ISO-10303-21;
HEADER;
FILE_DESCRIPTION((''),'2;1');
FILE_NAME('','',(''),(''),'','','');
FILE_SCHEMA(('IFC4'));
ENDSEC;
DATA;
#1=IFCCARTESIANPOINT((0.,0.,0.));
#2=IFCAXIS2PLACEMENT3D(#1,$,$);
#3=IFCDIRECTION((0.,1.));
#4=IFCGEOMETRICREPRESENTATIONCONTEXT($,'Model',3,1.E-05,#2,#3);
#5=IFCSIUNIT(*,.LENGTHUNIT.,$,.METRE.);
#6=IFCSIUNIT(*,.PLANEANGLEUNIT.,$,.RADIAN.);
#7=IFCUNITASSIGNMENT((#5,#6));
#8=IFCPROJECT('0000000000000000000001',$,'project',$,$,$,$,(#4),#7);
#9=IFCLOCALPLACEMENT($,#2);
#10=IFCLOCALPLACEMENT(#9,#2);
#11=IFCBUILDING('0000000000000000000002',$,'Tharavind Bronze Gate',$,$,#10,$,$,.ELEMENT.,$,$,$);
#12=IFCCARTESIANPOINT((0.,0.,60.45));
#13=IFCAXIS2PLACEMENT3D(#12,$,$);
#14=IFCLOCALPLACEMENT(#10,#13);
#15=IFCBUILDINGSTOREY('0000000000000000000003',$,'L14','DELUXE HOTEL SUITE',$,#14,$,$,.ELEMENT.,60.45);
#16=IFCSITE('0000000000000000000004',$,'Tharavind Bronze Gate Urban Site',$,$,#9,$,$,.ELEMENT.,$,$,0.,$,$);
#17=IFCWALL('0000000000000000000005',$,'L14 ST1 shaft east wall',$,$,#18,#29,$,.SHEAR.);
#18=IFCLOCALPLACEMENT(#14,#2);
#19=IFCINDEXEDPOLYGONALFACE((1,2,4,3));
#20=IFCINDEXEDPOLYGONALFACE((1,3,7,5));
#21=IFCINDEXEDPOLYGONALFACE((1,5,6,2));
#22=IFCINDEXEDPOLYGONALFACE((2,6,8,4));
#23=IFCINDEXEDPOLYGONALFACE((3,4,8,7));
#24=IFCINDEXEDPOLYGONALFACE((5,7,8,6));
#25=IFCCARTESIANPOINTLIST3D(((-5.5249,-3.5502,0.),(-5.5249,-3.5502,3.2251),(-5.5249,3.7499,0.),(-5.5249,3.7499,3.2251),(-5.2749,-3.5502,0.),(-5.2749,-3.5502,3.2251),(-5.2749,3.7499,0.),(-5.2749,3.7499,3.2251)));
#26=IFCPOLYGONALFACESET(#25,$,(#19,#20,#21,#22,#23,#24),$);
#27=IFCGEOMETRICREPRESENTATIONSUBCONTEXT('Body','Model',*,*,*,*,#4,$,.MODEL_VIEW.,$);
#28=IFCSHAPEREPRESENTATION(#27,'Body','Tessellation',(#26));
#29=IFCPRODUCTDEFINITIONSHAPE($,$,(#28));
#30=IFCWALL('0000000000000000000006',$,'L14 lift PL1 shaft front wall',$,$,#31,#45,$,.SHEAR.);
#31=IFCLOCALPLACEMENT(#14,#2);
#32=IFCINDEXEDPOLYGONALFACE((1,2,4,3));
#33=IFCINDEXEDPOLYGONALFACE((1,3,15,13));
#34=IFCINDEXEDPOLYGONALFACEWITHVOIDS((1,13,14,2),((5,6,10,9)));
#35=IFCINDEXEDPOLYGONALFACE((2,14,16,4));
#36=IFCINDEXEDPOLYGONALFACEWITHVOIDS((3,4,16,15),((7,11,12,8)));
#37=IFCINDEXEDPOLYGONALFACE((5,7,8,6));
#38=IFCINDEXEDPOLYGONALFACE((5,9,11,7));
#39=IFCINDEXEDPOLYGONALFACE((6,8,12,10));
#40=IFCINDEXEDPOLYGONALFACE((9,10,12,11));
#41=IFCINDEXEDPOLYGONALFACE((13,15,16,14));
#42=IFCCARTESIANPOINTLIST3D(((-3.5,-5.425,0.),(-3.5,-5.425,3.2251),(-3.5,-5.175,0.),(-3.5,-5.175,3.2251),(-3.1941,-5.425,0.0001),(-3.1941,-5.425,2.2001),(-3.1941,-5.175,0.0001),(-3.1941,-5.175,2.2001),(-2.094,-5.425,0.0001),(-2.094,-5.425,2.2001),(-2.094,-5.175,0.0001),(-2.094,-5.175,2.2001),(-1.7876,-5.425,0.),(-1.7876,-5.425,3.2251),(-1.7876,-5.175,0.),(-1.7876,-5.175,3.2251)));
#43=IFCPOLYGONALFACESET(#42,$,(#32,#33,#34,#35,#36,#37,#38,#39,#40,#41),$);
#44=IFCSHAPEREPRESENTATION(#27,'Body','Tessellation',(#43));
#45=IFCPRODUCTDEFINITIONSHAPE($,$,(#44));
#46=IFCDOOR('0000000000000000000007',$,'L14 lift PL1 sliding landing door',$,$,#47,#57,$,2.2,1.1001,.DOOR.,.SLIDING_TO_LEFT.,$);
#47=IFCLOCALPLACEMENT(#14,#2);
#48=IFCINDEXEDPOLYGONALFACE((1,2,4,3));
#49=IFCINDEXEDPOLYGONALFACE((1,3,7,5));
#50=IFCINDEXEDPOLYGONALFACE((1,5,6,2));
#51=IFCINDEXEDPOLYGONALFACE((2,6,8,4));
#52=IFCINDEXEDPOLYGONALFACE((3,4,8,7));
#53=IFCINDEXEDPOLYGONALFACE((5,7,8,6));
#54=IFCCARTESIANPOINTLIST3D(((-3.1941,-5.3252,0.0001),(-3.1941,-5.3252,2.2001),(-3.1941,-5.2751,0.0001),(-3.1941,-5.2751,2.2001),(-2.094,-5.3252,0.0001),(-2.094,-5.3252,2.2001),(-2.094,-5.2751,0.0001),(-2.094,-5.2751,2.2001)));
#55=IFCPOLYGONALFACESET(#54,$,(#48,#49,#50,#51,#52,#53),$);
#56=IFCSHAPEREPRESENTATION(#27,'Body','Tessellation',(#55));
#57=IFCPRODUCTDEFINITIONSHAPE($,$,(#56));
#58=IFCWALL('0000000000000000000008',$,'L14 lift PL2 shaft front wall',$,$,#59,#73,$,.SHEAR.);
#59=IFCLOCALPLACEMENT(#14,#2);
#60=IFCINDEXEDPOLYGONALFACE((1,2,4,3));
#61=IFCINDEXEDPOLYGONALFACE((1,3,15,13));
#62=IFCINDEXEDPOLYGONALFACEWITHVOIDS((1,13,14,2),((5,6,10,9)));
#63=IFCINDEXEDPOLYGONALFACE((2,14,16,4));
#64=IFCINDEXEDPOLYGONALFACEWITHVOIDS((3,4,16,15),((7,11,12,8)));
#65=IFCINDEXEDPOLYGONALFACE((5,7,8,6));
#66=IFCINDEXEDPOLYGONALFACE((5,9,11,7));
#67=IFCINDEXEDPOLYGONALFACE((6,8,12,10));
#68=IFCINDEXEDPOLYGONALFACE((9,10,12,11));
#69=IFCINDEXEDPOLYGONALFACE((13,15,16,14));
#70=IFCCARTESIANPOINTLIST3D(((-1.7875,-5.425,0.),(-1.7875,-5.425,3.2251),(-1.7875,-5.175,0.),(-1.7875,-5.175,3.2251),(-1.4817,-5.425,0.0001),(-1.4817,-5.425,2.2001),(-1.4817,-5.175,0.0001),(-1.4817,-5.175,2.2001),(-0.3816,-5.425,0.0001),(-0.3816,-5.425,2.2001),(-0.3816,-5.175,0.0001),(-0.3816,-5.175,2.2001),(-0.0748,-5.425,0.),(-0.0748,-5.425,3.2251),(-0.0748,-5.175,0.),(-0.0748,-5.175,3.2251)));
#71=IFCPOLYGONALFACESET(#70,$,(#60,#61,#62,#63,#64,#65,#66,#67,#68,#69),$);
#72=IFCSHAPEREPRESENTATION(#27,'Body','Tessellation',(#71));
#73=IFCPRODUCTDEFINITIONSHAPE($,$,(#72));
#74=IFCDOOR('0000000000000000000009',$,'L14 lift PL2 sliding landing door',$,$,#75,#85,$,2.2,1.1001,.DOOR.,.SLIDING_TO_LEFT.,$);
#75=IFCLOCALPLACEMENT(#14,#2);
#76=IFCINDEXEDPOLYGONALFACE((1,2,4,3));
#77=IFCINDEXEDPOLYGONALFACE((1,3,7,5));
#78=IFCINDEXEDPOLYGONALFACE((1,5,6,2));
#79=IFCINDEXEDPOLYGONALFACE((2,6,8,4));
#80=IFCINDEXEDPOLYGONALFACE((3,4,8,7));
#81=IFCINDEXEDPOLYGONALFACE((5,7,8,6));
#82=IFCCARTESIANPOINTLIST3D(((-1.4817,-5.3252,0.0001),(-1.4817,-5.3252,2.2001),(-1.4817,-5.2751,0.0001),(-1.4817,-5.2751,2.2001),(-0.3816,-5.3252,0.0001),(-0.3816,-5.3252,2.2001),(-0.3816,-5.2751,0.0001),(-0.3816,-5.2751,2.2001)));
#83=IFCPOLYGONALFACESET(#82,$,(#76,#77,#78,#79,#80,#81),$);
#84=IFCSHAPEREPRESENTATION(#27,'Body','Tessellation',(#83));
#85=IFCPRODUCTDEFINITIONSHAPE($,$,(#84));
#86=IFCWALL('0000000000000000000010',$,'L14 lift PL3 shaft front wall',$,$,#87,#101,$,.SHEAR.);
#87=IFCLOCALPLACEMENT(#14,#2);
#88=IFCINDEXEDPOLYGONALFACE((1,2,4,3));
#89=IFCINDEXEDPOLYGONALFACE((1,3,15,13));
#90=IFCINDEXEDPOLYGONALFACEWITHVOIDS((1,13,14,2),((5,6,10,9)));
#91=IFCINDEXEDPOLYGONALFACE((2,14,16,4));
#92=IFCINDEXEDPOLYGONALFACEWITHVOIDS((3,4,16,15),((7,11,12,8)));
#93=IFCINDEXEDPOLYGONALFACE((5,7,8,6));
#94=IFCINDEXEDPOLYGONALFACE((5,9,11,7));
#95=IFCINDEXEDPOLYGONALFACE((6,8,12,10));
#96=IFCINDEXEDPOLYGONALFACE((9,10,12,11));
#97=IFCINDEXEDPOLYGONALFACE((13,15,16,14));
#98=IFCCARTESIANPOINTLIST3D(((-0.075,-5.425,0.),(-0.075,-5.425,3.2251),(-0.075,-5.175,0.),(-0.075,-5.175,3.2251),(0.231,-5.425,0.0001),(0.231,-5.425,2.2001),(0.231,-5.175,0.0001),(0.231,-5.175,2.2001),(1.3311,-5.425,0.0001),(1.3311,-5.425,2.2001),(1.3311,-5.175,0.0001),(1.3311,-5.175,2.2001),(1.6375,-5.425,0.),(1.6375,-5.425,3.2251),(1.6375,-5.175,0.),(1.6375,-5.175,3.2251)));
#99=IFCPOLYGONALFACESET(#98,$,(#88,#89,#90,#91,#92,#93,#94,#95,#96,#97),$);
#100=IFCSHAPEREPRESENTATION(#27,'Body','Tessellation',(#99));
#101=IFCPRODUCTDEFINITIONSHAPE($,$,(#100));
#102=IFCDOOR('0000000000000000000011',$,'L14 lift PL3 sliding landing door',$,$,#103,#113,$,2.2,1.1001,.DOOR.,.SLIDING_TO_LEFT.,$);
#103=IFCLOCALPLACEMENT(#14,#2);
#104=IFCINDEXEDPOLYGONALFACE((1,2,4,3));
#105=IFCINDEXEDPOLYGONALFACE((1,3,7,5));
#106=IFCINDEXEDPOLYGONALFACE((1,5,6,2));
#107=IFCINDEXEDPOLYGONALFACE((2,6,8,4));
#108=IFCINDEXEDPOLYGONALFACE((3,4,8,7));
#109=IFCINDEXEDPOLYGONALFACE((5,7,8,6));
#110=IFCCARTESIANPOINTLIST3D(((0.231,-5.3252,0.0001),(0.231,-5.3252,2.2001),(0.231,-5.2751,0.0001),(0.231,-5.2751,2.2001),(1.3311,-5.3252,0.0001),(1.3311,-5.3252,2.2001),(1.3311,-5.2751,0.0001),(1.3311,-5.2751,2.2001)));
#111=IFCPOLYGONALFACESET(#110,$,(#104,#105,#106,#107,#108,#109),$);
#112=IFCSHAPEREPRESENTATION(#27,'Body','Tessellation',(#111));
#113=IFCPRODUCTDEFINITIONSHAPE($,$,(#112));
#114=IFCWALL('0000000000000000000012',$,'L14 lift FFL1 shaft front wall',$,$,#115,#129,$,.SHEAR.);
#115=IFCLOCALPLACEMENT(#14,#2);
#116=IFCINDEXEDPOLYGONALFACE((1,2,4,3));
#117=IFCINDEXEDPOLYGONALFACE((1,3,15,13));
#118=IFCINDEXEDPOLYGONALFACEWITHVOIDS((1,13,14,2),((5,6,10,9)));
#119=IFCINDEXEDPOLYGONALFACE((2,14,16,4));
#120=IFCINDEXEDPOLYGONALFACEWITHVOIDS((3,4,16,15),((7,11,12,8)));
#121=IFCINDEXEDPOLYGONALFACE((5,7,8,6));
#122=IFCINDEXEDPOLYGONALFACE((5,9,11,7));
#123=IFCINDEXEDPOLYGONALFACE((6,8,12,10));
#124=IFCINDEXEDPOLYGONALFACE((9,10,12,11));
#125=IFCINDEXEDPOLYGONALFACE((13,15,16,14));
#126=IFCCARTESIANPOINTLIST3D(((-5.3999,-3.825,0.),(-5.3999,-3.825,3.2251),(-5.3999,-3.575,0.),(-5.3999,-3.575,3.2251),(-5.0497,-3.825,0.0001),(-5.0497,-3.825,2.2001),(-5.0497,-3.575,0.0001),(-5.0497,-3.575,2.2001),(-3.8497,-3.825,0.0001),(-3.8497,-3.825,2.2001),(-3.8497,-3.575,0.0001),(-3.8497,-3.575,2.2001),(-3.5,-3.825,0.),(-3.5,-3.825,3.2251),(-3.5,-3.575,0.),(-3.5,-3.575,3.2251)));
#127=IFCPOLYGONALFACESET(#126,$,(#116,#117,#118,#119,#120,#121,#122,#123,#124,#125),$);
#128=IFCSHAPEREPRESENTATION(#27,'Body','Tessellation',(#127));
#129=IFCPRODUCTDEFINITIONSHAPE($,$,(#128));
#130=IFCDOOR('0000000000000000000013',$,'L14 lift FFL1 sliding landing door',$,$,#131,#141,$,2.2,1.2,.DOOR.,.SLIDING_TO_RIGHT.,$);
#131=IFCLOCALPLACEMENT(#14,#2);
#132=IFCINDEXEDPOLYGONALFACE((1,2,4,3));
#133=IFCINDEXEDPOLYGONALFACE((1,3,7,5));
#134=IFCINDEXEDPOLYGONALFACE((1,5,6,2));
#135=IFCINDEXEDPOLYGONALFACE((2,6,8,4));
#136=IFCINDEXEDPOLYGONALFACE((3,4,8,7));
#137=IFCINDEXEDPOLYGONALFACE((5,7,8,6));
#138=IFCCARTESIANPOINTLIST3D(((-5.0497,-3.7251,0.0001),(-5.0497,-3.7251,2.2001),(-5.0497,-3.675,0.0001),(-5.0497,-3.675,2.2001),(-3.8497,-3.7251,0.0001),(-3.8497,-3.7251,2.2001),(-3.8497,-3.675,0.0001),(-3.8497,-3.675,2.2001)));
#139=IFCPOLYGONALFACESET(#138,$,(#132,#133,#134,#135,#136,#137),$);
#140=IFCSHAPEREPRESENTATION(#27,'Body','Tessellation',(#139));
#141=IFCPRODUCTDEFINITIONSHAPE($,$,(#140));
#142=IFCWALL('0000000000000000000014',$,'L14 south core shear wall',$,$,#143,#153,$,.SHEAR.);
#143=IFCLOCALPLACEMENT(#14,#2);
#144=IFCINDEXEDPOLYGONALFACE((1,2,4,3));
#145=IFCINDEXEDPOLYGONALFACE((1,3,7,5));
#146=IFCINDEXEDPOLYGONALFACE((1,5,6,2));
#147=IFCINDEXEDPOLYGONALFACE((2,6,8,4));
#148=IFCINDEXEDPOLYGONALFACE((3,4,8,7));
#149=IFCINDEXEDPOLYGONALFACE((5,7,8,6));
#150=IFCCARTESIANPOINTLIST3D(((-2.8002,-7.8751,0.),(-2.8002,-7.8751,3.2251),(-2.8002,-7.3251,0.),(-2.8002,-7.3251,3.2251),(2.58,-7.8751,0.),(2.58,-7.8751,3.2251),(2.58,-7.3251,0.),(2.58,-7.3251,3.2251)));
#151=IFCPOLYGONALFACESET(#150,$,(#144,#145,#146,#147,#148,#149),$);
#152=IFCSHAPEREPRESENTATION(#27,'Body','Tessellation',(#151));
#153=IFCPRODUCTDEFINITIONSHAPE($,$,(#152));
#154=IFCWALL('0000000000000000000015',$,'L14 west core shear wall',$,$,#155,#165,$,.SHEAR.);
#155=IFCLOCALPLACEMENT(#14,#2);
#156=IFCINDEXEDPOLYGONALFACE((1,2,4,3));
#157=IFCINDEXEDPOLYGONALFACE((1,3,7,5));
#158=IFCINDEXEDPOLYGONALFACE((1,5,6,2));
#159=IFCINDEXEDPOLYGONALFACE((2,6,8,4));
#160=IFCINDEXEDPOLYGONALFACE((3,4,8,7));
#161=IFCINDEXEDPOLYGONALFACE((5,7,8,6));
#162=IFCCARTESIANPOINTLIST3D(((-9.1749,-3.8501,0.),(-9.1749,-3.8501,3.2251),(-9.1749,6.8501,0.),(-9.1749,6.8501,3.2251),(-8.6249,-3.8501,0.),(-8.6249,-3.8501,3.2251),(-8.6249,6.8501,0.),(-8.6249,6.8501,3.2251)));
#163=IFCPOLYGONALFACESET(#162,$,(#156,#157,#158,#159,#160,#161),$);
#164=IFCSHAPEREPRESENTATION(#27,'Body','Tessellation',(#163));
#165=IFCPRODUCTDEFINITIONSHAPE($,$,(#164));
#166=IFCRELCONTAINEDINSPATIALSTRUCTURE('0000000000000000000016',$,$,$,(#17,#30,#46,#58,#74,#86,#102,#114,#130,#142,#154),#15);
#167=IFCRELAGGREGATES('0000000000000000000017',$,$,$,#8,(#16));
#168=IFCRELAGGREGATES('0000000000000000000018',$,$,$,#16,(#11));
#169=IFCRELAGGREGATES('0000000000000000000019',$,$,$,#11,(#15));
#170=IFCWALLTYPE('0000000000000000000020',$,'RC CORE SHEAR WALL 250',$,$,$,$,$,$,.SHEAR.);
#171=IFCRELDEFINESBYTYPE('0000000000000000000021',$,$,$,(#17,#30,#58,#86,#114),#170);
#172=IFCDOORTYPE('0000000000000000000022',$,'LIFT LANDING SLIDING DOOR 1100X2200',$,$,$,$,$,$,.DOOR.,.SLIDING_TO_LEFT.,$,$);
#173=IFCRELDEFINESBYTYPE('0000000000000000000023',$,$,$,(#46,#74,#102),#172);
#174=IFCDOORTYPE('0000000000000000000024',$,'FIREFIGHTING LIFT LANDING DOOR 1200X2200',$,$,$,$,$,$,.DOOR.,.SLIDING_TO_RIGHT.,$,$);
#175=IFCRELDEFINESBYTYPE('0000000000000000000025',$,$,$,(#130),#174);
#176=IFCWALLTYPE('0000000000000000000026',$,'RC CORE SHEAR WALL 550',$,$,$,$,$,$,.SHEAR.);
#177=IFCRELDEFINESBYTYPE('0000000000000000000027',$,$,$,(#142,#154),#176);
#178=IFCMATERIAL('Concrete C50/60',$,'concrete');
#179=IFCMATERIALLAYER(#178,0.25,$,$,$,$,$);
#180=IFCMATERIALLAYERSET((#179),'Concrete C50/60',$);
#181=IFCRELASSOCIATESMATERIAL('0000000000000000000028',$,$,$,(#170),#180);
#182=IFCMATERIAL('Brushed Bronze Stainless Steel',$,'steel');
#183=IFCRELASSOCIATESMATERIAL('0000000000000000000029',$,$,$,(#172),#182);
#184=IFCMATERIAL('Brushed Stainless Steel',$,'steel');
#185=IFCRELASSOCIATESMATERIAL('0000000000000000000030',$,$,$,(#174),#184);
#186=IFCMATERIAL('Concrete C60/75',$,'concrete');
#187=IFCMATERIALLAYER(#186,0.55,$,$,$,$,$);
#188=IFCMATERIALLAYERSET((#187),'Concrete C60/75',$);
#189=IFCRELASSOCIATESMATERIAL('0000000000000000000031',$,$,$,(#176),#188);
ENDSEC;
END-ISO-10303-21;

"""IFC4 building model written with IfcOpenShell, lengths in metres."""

from ifc_helpers import new_model, si_unit, direction, frame, frame_2d, origin, place, context, subcontext, project, spatial, rectangle, extrude, material, layer, layer_set, type_object, element, fill, save


model = new_model("IFC4")

# Units and contexts
model_context = context("Model", 3, precision=1e-05, world=origin(), true_north=direction((0.0, 1.0)))
body_context = subcontext(model_context, "Body", "Model", "MODEL_VIEW")
ifc_project = project(units=[si_unit("LENGTHUNIT", "METRE"), si_unit("PLANEANGLEUNIT", "RADIAN")], contexts=[model_context])

# Site, building, storey
site_placement = place(None, origin())
site = spatial("IfcSite", under=ifc_project, at=site_placement, Name="Tharavind Bronze Gate Urban Site", CompositionType="ELEMENT", RefElevation=0.0)
building_placement = place(site_placement, origin())
building = spatial("IfcBuilding", under=site, at=building_placement, Name="Tharavind Bronze Gate", CompositionType="ELEMENT")
storey_placement = place(building_placement, frame((0.0, 0.0, 60.45)))
storey = spatial("IfcBuildingStorey", under=building, at=storey_placement, Name="L14", Description="DELUXE HOTEL SUITE", CompositionType="ELEMENT", Elevation=60.45)

# Wall
ifc_material_1 = material(Name="Concrete C50/60", Category="concrete")
ifc_layer_1 = layer(ifc_material_1, 0.25)
ifc_layer_set_1 = layer_set([ifc_layer_1], Name="Concrete C50/60")
wall_type_1 = type_object("IfcWallType", Name="RC CORE SHEAR WALL 250", PredefinedType="SHEAR", material=ifc_layer_set_1)
wall_1_placement = place(storey_placement, frame((-5.3999, -3.55, 0.0), z_axis=(0.0, 0.0, 1.0), x_axis=(0.0, 1.0, 0.0)))
element("IfcWall", 1, at=wall_1_placement, inside=storey, type_object=wall_type_1, Name="L14 ST1 shaft east wall", PredefinedType="SHEAR", context=body_context, shape_type="SweptSolid", body=[
    extrude(rectangle(XDim=7.3, YDim=0.25, at=frame_2d((3.6499, 0.0))), origin(), (0.0, 0.0, 1.0), 3.2251),
])

# Walls, openings, doors
wall_2_placement = place(storey_placement, frame((-3.5, -5.3, 0.0), z_axis=(0.0, 0.0, 1.0), x_axis=(1.0, 0.0, 0.0)))
wall_2 = element("IfcWall", 2, at=wall_2_placement, inside=storey, type_object=wall_type_1, Name="L14 lift PL1 shaft front wall", PredefinedType="SHEAR", context=body_context, shape_type="SweptSolid", body=[
    extrude(rectangle(XDim=1.7124, YDim=0.25, at=frame_2d((0.8562, 0.0))), origin(), (0.0, 0.0, 1.0), 3.2251),
])
opening_1_placement = place(wall_2_placement, frame((0.3059, 0.0, 0.0)))
opening_1 = element("IfcOpeningElement", 3, at=opening_1_placement, cuts=wall_2, PredefinedType="OPENING", context=body_context, shape_type="SweptSolid", body=[
    extrude(rectangle(XDim=1.1001, YDim=2.2, at=frame_2d((0.55, 1.1001))), frame((0.0, 0.135, 0.0), z_axis=(0.0, -1.0, 0.0), x_axis=(1.0, 0.0, 0.0)), (0.0, 0.0, 1.0), 0.27),
])
ifc_material_2 = material(Name="Brushed Bronze Stainless Steel", Category="steel")
door_type_1 = type_object("IfcDoorType", Name="LIFT LANDING SLIDING DOOR 1100X2200", OperationType="SLIDING_TO_LEFT", PredefinedType="DOOR", material=ifc_material_2)
door_1_placement = place(opening_1_placement, origin())
door_1 = element("IfcDoor", 4, at=door_1_placement, inside=storey, type_object=door_type_1, Name="L14 lift PL1 sliding landing door", OperationType="SLIDING_TO_LEFT", OverallHeight=2.2, OverallWidth=1.1001, PredefinedType="DOOR", context=body_context, shape_type="SweptSolid", body=[
    extrude(rectangle(XDim=1.1001, YDim=2.2, at=frame_2d((0.55, 1.1001))), frame((0.0, 0.0249, 0.0), z_axis=(0.0, -1.0, 0.0), x_axis=(1.0, 0.0, 0.0)), (0.0, 0.0, 1.0), 0.05),
])
fill(opening_1, door_1)
wall_3_placement = place(storey_placement, frame((-1.7876, -5.3, 0.0), z_axis=(0.0, 0.0, 1.0), x_axis=(1.0, 0.0, 0.0)))
wall_3 = element("IfcWall", 5, at=wall_3_placement, inside=storey, type_object=wall_type_1, Name="L14 lift PL2 shaft front wall", PredefinedType="SHEAR", context=body_context, shape_type="SweptSolid", body=[
    extrude(rectangle(XDim=1.7126, YDim=0.25, at=frame_2d((0.8564, 0.0))), origin(), (0.0, 0.0, 1.0), 3.2251),
])
opening_2_placement = place(wall_3_placement, frame((0.3059, 0.0, 0.0)))
opening_2 = element("IfcOpeningElement", 6, at=opening_2_placement, cuts=wall_3, PredefinedType="OPENING", context=body_context, shape_type="SweptSolid", body=[
    extrude(rectangle(XDim=1.1001, YDim=2.2, at=frame_2d((0.55, 1.1001))), frame((0.0, 0.135, 0.0), z_axis=(0.0, -1.0, 0.0), x_axis=(1.0, 0.0, 0.0)), (0.0, 0.0, 1.0), 0.27),
])
door_2_placement = place(opening_2_placement, origin())
door_2 = element("IfcDoor", 7, at=door_2_placement, inside=storey, type_object=door_type_1, Name="L14 lift PL2 sliding landing door", OperationType="SLIDING_TO_LEFT", OverallHeight=2.2, OverallWidth=1.1001, PredefinedType="DOOR", context=body_context, shape_type="SweptSolid", body=[
    extrude(rectangle(XDim=1.1001, YDim=2.2, at=frame_2d((0.55, 1.1001))), frame((0.0, 0.0249, 0.0), z_axis=(0.0, -1.0, 0.0), x_axis=(1.0, 0.0, 0.0)), (0.0, 0.0, 1.0), 0.05),
])
fill(opening_2, door_2)
wall_4_placement = place(storey_placement, frame((-0.075, -5.3, 0.0), z_axis=(0.0, 0.0, 1.0), x_axis=(1.0, 0.0, 0.0)))
wall_4 = element("IfcWall", 8, at=wall_4_placement, inside=storey, type_object=wall_type_1, Name="L14 lift PL3 shaft front wall", PredefinedType="SHEAR", context=body_context, shape_type="SweptSolid", body=[
    extrude(rectangle(XDim=1.7124, YDim=0.25, at=frame_2d((0.8562, 0.0))), origin(), (0.0, 0.0, 1.0), 3.2251),
])
opening_3_placement = place(wall_4_placement, frame((0.3059, 0.0, 0.0)))
opening_3 = element("IfcOpeningElement", 9, at=opening_3_placement, cuts=wall_4, PredefinedType="OPENING", context=body_context, shape_type="SweptSolid", body=[
    extrude(rectangle(XDim=1.1001, YDim=2.2, at=frame_2d((0.55, 1.1001))), frame((0.0, 0.135, 0.0), z_axis=(0.0, -1.0, 0.0), x_axis=(1.0, 0.0, 0.0)), (0.0, 0.0, 1.0), 0.27),
])
door_3_placement = place(opening_3_placement, origin())
door_3 = element("IfcDoor", 10, at=door_3_placement, inside=storey, type_object=door_type_1, Name="L14 lift PL3 sliding landing door", OperationType="SLIDING_TO_LEFT", OverallHeight=2.2, OverallWidth=1.1001, PredefinedType="DOOR", context=body_context, shape_type="SweptSolid", body=[
    extrude(rectangle(XDim=1.1001, YDim=2.2, at=frame_2d((0.55, 1.1001))), frame((0.0, 0.0249, 0.0), z_axis=(0.0, -1.0, 0.0), x_axis=(1.0, 0.0, 0.0)), (0.0, 0.0, 1.0), 0.05),
])
fill(opening_3, door_3)
wall_5_placement = place(storey_placement, frame((-5.3999, -3.7, 0.0), z_axis=(0.0, 0.0, 1.0), x_axis=(1.0, 0.0, 0.0)))
wall_5 = element("IfcWall", 11, at=wall_5_placement, inside=storey, type_object=wall_type_1, Name="L14 lift FFL1 shaft front wall", PredefinedType="SHEAR", context=body_context, shape_type="SweptSolid", body=[
    extrude(rectangle(XDim=1.8999, YDim=0.25, at=frame_2d((0.95, 0.0))), origin(), (0.0, 0.0, 1.0), 3.2251),
])
opening_4_placement = place(wall_5_placement, frame((0.3501, 0.0, 0.0)))
opening_4 = element("IfcOpeningElement", 12, at=opening_4_placement, cuts=wall_5, PredefinedType="OPENING", context=body_context, shape_type="SweptSolid", body=[
    extrude(rectangle(XDim=1.2, YDim=2.2, at=frame_2d((0.6001, 1.1001))), frame((0.0, 0.135, 0.0), z_axis=(0.0, -1.0, 0.0), x_axis=(1.0, 0.0, 0.0)), (0.0, 0.0, 1.0), 0.27),
])
ifc_material_3 = material(Name="Brushed Stainless Steel", Category="steel")
door_type_2 = type_object("IfcDoorType", Name="FIREFIGHTING LIFT LANDING DOOR 1200X2200", OperationType="SLIDING_TO_RIGHT", PredefinedType="DOOR", material=ifc_material_3)
door_4_placement = place(opening_4_placement, origin())
door_4 = element("IfcDoor", 13, at=door_4_placement, inside=storey, type_object=door_type_2, Name="L14 lift FFL1 sliding landing door", OperationType="SLIDING_TO_RIGHT", OverallHeight=2.2, OverallWidth=1.2, PredefinedType="DOOR", context=body_context, shape_type="SweptSolid", body=[
    extrude(rectangle(XDim=1.2, YDim=2.2, at=frame_2d((0.6001, 1.1001))), frame((0.0, 0.0249, 0.0), z_axis=(0.0, -1.0, 0.0), x_axis=(1.0, 0.0, 0.0)), (0.0, 0.0, 1.0), 0.05),
])
fill(opening_4, door_4)

# Walls
ifc_material_4 = material(Name="Concrete C60/75", Category="concrete")
ifc_layer_2 = layer(ifc_material_4, 0.55)
ifc_layer_set_2 = layer_set([ifc_layer_2], Name="Concrete C60/75")
wall_type_2 = type_object("IfcWallType", Name="RC CORE SHEAR WALL 550", PredefinedType="SHEAR", material=ifc_layer_set_2)
wall_6_placement = place(storey_placement, frame((-2.8, -7.6001, 0.0), z_axis=(0.0, 0.0, 1.0), x_axis=(1.0, 0.0, 0.0)))
element("IfcWall", 14, at=wall_6_placement, inside=storey, type_object=wall_type_2, Name="L14 south core shear wall", PredefinedType="SHEAR", context=body_context, shape_type="SweptSolid", body=[
    extrude(rectangle(XDim=5.3801, YDim=0.55, at=frame_2d((2.6899, 0.0))), origin(), (0.0, 0.0, 1.0), 3.2251),
])
wall_7_placement = place(storey_placement, frame((-8.8999, -3.8501, 0.0), z_axis=(0.0, 0.0, 1.0), x_axis=(0.0, 1.0, 0.0)))
element("IfcWall", 15, at=wall_7_placement, inside=storey, type_object=wall_type_2, Name="L14 west core shear wall", PredefinedType="SHEAR", context=body_context, shape_type="SweptSolid", body=[
    extrude(rectangle(XDim=10.7002, YDim=0.55, at=frame_2d((5.3501, 0.0))), origin(), (0.0, 0.0, 1.0), 3.2251),
])

save(model, "model.ifc")
